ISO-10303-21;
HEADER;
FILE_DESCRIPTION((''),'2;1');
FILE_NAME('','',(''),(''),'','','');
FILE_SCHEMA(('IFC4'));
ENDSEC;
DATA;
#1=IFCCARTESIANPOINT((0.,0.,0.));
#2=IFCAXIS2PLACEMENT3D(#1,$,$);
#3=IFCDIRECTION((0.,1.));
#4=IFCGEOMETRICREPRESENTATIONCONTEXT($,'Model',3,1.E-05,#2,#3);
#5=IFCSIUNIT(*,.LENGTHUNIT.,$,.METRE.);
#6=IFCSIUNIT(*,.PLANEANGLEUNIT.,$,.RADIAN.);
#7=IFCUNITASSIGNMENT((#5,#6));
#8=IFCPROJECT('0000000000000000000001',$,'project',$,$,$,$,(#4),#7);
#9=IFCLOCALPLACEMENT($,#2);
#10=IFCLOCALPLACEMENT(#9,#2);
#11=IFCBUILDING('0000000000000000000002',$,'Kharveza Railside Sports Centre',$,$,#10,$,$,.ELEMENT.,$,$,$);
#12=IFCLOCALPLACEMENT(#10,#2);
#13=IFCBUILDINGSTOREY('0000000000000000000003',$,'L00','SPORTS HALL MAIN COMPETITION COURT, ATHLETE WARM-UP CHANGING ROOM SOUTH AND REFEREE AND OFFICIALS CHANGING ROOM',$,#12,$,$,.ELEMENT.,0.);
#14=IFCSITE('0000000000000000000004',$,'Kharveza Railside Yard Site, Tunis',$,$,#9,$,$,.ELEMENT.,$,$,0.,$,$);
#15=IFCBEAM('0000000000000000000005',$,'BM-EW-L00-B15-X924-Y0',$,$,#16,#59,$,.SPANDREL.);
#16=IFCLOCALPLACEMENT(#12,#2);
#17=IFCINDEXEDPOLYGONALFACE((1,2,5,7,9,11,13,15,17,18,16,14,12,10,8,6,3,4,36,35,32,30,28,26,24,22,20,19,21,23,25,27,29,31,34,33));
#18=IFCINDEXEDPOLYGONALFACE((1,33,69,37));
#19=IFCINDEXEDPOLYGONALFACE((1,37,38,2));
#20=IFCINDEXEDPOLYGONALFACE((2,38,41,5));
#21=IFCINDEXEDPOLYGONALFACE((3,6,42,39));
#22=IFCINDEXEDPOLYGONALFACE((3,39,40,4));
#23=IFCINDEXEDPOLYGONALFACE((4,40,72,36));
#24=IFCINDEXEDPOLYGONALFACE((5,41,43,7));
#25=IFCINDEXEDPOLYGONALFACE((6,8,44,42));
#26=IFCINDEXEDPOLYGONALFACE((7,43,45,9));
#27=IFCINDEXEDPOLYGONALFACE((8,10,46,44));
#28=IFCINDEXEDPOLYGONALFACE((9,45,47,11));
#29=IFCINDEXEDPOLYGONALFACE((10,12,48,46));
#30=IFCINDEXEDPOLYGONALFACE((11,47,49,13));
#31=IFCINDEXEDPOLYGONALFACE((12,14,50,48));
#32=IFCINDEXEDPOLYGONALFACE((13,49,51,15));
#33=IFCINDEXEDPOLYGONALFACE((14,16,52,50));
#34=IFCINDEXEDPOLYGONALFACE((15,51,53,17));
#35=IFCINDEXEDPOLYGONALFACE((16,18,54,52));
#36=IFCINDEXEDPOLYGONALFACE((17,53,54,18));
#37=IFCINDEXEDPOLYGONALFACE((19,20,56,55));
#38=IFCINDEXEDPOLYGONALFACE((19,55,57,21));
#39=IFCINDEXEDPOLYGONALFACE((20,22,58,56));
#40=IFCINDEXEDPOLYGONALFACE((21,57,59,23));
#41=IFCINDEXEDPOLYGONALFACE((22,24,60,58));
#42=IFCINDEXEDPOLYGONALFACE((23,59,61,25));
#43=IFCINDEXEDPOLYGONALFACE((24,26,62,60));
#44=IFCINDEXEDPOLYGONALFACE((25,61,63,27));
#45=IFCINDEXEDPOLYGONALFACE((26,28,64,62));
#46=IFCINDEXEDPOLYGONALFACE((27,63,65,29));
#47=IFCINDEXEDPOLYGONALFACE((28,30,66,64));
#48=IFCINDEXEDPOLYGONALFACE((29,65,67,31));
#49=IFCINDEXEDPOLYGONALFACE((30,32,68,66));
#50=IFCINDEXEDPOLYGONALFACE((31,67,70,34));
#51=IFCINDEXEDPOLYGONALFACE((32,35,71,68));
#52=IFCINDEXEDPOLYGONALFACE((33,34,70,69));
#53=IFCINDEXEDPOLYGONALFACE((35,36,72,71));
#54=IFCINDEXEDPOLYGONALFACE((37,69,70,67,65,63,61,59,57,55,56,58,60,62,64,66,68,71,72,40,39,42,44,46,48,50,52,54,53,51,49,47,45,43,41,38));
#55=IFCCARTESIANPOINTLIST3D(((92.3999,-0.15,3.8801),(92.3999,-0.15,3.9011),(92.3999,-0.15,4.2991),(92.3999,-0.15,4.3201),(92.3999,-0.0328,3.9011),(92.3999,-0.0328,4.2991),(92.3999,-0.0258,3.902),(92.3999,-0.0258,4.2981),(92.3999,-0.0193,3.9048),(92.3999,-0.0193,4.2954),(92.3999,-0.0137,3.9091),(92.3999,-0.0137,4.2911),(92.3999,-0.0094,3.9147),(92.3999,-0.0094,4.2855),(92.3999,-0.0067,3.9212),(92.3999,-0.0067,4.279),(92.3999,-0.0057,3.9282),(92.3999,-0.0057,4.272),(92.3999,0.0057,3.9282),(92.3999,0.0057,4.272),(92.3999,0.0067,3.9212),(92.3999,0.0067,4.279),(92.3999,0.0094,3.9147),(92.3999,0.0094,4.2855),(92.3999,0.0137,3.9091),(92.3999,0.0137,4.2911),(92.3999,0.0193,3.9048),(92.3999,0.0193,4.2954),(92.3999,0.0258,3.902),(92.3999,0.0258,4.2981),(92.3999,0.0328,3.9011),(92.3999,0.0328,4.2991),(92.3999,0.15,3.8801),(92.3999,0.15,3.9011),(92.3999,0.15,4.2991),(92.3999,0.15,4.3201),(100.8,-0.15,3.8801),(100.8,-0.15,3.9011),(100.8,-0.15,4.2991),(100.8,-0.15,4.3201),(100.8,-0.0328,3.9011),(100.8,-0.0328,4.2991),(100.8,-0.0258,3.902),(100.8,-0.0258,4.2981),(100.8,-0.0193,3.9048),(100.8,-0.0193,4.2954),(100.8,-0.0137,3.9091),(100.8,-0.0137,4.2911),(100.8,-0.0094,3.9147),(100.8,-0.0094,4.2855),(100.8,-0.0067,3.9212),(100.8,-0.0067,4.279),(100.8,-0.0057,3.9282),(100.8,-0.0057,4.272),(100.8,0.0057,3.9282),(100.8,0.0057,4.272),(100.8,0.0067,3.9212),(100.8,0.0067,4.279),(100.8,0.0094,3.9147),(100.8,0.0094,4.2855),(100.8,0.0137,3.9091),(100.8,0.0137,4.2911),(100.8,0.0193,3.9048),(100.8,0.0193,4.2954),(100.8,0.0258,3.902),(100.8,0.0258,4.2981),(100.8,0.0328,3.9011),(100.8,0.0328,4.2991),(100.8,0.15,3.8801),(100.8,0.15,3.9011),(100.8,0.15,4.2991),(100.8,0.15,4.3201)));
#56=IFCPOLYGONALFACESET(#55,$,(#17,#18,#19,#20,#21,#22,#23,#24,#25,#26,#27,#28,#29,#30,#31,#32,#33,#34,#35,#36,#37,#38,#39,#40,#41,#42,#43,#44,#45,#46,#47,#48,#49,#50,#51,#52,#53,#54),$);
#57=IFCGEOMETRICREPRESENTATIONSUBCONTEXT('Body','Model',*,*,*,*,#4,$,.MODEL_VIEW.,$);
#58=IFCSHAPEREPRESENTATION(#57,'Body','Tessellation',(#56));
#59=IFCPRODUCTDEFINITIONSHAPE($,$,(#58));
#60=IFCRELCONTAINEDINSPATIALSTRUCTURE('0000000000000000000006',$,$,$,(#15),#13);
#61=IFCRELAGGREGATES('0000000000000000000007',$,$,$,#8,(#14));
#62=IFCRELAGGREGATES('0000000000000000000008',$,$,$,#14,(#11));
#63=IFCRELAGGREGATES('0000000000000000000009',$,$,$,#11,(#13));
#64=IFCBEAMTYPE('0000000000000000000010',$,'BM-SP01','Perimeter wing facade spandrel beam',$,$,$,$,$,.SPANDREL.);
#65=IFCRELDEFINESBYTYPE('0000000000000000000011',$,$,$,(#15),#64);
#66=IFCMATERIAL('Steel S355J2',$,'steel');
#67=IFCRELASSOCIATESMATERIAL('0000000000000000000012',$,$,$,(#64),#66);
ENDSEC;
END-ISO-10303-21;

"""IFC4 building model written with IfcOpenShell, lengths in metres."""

from ifc_helpers import new_model, si_unit, direction, frame, origin, origin_2d, place, context, subcontext, project, spatial, i_section, extrude, material, material_profile, profile_set, type_object, element, save


model = new_model("IFC4")

# Units and contexts
model_context = context("Model", 3, precision=1e-05, world=origin(), true_north=direction((0.0, 1.0)))
body_context = subcontext(model_context, "Body", "Model", "MODEL_VIEW")
ifc_project = project(units=[si_unit("LENGTHUNIT", "METRE"), si_unit("PLANEANGLEUNIT", "RADIAN")], contexts=[model_context])

# Site, building, storey
site_placement = place(None, origin())
site = spatial("IfcSite", under=ifc_project, at=site_placement, Name="Kharveza Railside Yard Site, Tunis", CompositionType="ELEMENT", RefElevation=0.0)
building_placement = place(site_placement, origin())
building = spatial("IfcBuilding", under=site, at=building_placement, Name="Kharveza Railside Sports Centre", CompositionType="ELEMENT")
storey_placement = place(building_placement, origin())
storey = spatial("IfcBuildingStorey", under=building, at=storey_placement, Name="L00", Description="SPORTS HALL MAIN COMPETITION COURT, ATHLETE WARM-UP CHANGING ROOM SOUTH AND REFEREE AND OFFICIALS CHANGING ROOM", CompositionType="ELEMENT", Elevation=0.0)

# Shared definitions
ifc_material_1 = material(Name="Steel S355J2", Category="steel")

# Beam
ifc_material_profile_1 = material_profile(ifc_material_1, i_section(OverallWidth=0.3, OverallDepth=0.4399, WebThickness=0.0115, FlangeThickness=0.021, FilletRadius=0.0271, at=origin_2d()), Name="HEA 450")
ifc_profile_set_1 = profile_set([ifc_material_profile_1], Name="Steel S355J2")
beam_type_1 = type_object("IfcBeamType", Name="BM-SP01", Description="Perimeter wing facade spandrel beam", PredefinedType="SPANDREL", material=ifc_profile_set_1)
beam_1_placement = place(storey_placement, frame((92.3999, 0.0, 4.1001), z_axis=(1.0, 0.0, 0.0), x_axis=(0.0, 1.0, 0.0)))
element("IfcBeam", 1, at=beam_1_placement, inside=storey, type_object=beam_type_1, Name="BM-EW-L00-B15-X924-Y0", PredefinedType="SPANDREL", context=body_context, shape_type="SweptSolid", body=[
    extrude(i_section(OverallWidth=0.3, OverallDepth=0.4399, WebThickness=0.0115, FlangeThickness=0.021, FilletRadius=0.0271, at=origin_2d()), origin(), (0.0, 0.0, 1.0), 8.4001),
])

save(model, "model.ifc")
